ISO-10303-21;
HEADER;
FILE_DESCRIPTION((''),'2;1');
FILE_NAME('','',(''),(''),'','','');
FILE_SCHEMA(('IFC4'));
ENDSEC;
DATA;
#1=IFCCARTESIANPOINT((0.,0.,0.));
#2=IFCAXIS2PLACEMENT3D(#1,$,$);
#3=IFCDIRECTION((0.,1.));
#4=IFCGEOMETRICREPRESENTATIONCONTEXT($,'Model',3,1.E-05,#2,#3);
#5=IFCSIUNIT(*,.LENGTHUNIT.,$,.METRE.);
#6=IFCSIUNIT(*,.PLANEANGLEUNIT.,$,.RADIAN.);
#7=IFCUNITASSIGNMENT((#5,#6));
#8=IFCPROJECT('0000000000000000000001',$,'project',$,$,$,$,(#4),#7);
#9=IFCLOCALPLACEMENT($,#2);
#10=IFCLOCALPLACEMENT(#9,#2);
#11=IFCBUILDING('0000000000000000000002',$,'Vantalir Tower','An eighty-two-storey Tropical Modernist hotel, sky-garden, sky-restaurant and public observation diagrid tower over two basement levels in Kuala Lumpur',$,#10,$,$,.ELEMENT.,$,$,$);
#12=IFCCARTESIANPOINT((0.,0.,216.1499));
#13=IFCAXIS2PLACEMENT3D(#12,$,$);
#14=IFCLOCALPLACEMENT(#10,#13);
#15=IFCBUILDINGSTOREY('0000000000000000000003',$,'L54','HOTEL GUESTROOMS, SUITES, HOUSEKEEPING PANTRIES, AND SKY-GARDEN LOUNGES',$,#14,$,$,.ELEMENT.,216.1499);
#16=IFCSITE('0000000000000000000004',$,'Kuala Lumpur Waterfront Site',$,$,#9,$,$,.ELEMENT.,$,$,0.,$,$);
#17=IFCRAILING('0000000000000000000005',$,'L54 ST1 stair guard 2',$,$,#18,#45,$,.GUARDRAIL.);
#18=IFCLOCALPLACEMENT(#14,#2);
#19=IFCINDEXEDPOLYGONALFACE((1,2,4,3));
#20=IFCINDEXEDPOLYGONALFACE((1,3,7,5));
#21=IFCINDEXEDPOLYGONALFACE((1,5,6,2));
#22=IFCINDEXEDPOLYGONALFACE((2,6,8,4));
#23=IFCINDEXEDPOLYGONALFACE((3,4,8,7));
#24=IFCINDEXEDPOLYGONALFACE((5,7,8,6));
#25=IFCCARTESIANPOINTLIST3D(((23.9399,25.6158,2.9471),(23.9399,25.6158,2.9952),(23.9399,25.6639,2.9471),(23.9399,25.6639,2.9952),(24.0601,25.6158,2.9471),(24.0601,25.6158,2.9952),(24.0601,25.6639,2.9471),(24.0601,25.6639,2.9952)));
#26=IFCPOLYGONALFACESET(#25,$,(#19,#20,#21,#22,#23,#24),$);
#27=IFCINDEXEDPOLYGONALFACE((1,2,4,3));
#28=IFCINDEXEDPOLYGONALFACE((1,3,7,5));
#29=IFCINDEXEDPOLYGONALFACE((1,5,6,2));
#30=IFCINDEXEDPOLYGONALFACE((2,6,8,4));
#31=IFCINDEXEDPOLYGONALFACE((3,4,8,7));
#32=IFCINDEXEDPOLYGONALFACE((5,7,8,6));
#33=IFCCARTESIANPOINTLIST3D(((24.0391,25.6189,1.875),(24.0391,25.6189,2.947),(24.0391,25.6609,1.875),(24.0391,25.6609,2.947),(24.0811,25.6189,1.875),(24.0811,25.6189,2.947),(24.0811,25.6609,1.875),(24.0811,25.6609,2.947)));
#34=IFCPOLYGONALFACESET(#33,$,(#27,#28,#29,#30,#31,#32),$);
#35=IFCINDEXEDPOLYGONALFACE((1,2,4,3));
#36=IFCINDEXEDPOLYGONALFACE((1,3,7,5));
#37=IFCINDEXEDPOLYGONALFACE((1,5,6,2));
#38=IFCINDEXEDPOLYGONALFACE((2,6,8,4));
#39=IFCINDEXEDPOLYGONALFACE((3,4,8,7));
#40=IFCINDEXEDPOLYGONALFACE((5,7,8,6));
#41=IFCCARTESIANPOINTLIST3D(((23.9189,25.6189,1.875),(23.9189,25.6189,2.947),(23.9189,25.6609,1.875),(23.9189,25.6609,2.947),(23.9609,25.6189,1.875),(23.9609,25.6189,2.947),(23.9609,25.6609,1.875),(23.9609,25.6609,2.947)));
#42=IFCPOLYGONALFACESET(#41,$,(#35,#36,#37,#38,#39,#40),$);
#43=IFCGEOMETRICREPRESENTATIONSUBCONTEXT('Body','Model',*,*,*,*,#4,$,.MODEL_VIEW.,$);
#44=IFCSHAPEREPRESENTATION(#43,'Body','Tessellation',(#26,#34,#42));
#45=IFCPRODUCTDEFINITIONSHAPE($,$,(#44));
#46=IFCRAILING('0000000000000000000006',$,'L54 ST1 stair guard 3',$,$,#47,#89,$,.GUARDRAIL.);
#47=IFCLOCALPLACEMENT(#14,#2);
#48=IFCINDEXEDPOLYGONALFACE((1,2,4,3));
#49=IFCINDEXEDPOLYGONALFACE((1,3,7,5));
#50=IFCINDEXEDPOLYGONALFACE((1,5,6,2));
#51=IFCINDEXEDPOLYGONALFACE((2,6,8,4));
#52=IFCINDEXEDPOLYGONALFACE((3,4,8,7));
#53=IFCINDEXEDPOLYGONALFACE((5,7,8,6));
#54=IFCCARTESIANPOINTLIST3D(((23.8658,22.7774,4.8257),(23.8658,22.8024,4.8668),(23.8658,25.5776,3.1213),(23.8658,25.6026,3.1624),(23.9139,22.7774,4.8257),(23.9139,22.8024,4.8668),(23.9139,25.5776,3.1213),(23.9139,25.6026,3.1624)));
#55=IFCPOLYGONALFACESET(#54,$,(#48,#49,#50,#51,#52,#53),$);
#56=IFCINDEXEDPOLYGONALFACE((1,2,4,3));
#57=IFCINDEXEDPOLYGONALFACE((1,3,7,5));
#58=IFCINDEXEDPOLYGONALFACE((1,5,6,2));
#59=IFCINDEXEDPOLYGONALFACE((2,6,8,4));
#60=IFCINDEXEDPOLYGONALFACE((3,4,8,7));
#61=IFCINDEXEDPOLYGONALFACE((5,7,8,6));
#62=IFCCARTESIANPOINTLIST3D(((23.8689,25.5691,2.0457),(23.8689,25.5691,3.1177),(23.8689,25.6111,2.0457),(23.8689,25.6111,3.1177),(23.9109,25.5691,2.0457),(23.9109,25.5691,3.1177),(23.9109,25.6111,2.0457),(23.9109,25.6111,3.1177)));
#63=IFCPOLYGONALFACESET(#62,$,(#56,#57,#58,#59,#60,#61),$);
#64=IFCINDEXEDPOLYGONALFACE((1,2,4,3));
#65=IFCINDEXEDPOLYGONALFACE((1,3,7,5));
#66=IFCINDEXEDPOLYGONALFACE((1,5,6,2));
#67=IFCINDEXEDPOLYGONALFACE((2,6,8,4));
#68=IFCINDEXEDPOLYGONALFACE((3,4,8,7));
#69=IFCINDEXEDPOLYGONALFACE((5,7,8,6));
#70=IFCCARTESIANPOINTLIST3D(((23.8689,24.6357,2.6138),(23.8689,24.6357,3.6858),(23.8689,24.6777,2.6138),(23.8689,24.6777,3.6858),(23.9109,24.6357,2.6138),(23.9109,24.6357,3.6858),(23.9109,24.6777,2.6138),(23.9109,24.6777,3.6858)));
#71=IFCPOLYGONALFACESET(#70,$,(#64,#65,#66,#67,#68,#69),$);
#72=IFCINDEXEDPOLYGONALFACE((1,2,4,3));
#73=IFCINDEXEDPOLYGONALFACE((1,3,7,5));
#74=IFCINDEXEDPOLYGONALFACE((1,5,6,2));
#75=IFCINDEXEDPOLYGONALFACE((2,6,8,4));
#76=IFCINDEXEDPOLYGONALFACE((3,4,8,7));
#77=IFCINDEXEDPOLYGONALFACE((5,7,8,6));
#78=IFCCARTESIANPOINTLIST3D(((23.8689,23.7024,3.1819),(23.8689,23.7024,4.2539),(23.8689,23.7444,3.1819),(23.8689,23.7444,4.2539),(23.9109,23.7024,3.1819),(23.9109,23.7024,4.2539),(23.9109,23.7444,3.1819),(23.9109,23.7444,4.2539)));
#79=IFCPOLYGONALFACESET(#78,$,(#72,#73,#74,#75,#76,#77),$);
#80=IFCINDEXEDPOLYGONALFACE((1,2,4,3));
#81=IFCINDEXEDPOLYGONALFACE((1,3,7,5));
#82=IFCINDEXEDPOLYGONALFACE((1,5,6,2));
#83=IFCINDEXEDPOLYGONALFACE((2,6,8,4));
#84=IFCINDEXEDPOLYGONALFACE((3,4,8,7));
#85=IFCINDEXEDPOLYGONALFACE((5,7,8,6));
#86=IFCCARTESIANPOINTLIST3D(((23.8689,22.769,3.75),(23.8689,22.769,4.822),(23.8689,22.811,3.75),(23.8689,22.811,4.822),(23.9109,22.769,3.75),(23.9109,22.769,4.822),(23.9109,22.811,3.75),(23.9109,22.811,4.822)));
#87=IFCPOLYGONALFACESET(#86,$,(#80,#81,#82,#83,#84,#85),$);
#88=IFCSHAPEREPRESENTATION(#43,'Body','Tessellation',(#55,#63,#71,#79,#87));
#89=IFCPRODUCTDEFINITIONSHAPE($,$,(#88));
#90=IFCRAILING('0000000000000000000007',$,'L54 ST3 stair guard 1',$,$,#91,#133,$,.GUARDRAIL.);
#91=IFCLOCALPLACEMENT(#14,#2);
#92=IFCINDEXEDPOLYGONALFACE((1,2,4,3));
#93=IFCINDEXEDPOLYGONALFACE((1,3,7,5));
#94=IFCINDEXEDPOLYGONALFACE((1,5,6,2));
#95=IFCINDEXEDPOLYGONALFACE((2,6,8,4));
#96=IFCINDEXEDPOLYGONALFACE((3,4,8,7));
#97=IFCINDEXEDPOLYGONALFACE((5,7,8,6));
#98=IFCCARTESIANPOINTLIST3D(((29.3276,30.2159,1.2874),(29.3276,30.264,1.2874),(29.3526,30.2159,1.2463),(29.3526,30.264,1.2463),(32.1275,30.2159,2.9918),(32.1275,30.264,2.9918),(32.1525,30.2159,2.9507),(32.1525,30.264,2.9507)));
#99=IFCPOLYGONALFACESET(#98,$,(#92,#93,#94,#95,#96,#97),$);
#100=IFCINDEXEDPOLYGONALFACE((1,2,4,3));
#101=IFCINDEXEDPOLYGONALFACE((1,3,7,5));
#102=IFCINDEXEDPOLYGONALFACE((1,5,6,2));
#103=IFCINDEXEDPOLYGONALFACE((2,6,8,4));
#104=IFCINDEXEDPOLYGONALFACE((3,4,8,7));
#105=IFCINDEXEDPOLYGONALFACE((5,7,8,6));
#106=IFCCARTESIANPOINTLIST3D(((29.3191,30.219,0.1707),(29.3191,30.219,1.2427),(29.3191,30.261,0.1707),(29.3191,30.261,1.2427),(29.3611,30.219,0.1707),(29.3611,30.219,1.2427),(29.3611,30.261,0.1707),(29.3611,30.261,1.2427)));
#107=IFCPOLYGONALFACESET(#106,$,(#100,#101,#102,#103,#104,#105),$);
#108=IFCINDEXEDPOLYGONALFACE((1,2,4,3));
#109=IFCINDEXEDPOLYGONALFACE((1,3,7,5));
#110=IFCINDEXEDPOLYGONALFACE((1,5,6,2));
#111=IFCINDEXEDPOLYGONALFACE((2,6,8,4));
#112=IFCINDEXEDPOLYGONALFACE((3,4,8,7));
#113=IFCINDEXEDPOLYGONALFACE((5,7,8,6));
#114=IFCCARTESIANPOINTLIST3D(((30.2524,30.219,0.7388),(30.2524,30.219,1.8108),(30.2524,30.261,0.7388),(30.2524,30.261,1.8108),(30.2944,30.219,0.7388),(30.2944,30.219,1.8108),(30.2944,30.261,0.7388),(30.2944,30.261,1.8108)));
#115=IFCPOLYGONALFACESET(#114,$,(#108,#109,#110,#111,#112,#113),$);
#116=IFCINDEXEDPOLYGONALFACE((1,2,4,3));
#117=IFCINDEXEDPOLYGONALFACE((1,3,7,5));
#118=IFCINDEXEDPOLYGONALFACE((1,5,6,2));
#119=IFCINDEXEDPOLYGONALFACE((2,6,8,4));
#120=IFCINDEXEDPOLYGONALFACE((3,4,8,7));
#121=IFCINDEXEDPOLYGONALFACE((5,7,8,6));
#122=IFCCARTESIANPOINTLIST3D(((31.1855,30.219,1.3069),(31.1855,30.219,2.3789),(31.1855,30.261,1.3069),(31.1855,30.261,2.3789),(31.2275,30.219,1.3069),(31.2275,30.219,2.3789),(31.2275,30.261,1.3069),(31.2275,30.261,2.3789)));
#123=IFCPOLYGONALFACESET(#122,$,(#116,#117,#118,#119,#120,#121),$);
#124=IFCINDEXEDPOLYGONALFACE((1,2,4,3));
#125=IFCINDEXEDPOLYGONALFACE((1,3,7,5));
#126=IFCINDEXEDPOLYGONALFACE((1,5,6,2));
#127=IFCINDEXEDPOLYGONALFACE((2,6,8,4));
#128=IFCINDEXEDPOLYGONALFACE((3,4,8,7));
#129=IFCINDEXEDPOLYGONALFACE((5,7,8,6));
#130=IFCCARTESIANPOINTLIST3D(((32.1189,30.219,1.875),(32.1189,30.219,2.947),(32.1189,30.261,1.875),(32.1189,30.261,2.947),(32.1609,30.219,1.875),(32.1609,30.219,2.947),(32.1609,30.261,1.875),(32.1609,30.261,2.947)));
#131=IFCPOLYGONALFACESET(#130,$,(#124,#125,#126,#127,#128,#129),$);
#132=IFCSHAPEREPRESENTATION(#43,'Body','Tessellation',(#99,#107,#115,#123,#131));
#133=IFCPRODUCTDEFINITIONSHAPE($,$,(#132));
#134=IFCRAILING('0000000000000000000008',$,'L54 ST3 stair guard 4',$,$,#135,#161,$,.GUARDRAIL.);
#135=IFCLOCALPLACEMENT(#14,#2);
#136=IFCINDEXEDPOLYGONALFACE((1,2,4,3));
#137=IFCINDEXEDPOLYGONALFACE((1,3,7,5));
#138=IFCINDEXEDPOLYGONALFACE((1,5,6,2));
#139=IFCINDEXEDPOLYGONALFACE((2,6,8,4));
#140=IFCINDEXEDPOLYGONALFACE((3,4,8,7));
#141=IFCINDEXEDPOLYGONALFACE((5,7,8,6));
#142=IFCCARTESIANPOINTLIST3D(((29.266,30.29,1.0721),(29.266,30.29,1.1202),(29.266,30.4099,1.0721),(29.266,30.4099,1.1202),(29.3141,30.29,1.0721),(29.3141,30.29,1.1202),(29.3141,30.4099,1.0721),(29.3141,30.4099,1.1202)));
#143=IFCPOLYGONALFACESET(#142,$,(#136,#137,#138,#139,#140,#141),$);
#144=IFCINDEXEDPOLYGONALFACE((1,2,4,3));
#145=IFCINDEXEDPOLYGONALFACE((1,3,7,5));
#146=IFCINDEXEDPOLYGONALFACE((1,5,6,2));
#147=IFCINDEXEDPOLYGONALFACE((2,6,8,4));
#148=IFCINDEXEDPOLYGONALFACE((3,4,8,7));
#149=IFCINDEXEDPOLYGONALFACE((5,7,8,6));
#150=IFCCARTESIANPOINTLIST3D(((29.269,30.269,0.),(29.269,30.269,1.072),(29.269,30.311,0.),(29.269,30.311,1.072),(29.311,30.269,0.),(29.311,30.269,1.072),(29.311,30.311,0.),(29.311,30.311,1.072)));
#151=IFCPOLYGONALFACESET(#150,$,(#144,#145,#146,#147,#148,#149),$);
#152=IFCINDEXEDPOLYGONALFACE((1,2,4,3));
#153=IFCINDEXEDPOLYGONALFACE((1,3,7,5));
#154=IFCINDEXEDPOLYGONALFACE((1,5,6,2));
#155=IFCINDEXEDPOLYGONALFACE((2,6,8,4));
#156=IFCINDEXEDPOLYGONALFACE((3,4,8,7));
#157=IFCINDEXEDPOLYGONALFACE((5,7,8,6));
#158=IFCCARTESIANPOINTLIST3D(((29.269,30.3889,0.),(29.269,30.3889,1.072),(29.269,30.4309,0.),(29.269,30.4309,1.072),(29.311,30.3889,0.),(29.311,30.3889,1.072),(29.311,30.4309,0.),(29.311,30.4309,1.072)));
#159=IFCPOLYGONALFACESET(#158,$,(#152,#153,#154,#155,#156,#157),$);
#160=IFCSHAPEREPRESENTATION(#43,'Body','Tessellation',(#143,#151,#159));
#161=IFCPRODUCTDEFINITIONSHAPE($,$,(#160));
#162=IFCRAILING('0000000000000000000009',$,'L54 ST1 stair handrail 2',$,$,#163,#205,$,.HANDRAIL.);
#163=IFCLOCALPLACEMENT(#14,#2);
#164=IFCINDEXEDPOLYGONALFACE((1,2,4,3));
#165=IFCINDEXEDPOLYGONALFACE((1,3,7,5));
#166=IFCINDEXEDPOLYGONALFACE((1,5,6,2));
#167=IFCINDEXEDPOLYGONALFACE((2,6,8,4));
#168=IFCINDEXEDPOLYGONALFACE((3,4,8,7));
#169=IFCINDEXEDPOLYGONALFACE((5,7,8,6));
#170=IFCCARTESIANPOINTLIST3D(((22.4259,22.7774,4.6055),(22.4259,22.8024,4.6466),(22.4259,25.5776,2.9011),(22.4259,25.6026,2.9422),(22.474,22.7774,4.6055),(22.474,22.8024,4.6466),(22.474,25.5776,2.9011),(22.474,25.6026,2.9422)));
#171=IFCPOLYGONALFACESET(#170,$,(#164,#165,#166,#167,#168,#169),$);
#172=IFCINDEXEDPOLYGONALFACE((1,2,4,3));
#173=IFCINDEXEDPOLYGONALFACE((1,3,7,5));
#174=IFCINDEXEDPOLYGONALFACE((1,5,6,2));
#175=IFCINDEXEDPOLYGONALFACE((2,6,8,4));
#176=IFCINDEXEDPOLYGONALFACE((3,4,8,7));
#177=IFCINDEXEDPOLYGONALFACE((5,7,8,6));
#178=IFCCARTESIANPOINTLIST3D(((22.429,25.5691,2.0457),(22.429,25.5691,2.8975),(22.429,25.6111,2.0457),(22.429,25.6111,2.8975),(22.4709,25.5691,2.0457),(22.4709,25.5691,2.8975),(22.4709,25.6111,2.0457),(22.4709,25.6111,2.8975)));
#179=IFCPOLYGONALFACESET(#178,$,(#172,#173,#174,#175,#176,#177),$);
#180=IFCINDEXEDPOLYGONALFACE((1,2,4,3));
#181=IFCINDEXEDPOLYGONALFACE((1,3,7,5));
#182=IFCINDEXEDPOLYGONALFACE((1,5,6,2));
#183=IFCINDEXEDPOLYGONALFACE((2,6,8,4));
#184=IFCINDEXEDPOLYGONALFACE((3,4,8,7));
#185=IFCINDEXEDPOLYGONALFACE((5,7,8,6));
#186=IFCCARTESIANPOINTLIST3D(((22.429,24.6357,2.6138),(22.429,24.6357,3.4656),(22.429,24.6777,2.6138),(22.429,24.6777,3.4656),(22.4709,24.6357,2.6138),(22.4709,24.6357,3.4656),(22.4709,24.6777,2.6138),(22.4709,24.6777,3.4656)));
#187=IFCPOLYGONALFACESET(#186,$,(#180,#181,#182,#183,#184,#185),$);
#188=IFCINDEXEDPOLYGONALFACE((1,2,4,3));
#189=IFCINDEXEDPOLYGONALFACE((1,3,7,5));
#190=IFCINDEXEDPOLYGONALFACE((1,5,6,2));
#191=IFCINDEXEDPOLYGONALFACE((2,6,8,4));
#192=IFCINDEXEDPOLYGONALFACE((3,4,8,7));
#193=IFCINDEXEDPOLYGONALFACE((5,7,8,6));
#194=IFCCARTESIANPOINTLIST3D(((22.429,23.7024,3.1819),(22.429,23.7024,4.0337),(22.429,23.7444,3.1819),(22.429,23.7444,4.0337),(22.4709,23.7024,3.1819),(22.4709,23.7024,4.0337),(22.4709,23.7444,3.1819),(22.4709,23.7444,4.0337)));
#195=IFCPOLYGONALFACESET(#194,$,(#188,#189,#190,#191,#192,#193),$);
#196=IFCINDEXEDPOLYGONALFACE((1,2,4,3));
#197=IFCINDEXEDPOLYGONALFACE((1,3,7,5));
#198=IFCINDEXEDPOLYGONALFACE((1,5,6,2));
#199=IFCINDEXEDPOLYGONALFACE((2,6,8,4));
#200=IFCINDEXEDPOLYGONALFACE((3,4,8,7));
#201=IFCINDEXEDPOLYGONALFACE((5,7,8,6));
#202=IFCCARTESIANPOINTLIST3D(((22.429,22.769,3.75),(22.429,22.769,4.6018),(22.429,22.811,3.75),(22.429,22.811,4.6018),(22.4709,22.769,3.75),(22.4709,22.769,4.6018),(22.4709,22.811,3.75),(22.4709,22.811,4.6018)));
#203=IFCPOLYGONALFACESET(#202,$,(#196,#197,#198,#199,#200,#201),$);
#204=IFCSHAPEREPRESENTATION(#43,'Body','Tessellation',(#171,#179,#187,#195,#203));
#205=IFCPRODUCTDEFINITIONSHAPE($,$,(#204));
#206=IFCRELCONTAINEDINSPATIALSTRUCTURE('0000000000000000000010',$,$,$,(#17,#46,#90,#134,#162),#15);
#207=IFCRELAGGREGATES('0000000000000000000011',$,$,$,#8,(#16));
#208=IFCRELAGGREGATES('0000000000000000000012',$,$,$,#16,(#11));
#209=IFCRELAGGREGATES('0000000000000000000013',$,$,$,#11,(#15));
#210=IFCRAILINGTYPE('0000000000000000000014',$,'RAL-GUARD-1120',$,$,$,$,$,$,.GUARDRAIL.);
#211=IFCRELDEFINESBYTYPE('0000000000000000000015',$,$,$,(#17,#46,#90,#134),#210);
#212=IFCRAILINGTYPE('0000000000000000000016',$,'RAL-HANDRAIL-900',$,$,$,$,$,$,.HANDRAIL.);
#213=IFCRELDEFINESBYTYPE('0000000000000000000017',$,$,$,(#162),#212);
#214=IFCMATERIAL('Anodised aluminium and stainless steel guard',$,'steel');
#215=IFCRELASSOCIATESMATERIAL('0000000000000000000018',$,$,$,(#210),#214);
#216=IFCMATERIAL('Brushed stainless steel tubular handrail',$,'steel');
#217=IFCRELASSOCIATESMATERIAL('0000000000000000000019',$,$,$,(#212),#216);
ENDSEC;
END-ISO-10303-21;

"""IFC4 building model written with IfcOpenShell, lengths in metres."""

from ifc_helpers import new_model, si_unit, direction, frame, origin, origin_2d, place, context, subcontext, project, spatial, rectangle, extrude, material, type_object, element, save


model = new_model("IFC4")

# Units and contexts
model_context = context("Model", 3, precision=1e-05, world=origin(), true_north=direction((0.0, 1.0)))
body_context = subcontext(model_context, "Body", "Model", "MODEL_VIEW")
ifc_project = project(units=[si_unit("LENGTHUNIT", "METRE"), si_unit("PLANEANGLEUNIT", "RADIAN")], contexts=[model_context])

# Site, building, storey
site_placement = place(None, origin())
site = spatial("IfcSite", under=ifc_project, at=site_placement, Name="Kuala Lumpur Waterfront Site", CompositionType="ELEMENT", RefElevation=0.0)
building_placement = place(site_placement, origin())
building = spatial("IfcBuilding", under=site, at=building_placement, Name="Vantalir Tower", Description="An eighty-two-storey Tropical Modernist hotel, sky-garden, sky-restaurant and public observation diagrid tower over two basement levels in Kuala Lumpur", CompositionType="ELEMENT")
storey_placement = place(building_placement, frame((0.0, 0.0, 216.1499)))
storey = spatial("IfcBuildingStorey", under=building, at=storey_placement, Name="L54", Description="HOTEL GUESTROOMS, SUITES, HOUSEKEEPING PANTRIES, AND SKY-GARDEN LOUNGES", CompositionType="ELEMENT", Elevation=216.1499)

# Railings
ifc_material_1 = material(Name="Anodised aluminium and stainless steel guard", Category="steel")
railing_type_1 = type_object("IfcRailingType", Name="RAL-GUARD-1120", PredefinedType="GUARDRAIL", material=ifc_material_1)
railing_1_placement = place(storey_placement, frame((24.0601, 25.6399, 1.875)))
element("IfcRailing", 1, at=railing_1_placement, inside=storey, type_object=railing_type_1, Name="L54 ST1 stair guard 2", PredefinedType="GUARDRAIL", context=body_context, shape_type="SweptSolid", body=[
    extrude(rectangle(XDim=0.0481, YDim=0.0481, at=origin_2d()), frame((0.0, 0.0, 1.0962), z_axis=(-1.0, 0.0, 0.0), x_axis=(0.0, -1.0, 0.0)), (0.0, 0.0, 1.0), 0.1201),
    extrude(rectangle(XDim=0.042, YDim=0.042, at=origin_2d()), origin(), (0.0, 0.0, 1.0), 1.072),
    extrude(rectangle(XDim=0.042, YDim=0.042, at=origin_2d()), frame((-0.1201, 0.0, 0.0)), (0.0, 0.0, 1.0), 1.072),
])
railing_2_placement = place(storey_placement, frame((23.8899, 25.5901, 2.0457)))
element("IfcRailing", 2, at=railing_2_placement, inside=storey, type_object=railing_type_1, Name="L54 ST1 stair guard 3", PredefinedType="GUARDRAIL", context=body_context, shape_type="SweptSolid", body=[
    extrude(rectangle(XDim=0.0481, YDim=0.0481, at=origin_2d()), frame((0.0, 0.0, 1.0962), z_axis=(0.0, -0.854203, 0.51994), x_axis=(1.0, 0.0, 0.0)), (0.0, 0.0, 1.0), 3.2781),
    extrude(rectangle(XDim=0.042, YDim=0.042, at=origin_2d()), origin(), (0.0, 0.0, 1.0), 1.072),
    extrude(rectangle(XDim=0.042, YDim=0.042, at=origin_2d()), frame((0.0, -0.9333, 0.5681)), (0.0, 0.0, 1.0), 1.072),
    extrude(rectangle(XDim=0.042, YDim=0.042, at=origin_2d()), frame((0.0, -1.8667, 1.1362)), (0.0, 0.0, 1.0), 1.072),
    extrude(rectangle(XDim=0.042, YDim=0.042, at=origin_2d()), frame((0.0, -2.8, 1.7043)), (0.0, 0.0, 1.0), 1.072),
])
railing_3_placement = place(storey_placement, frame((29.3401, 30.24, 0.1707)))
element("IfcRailing", 3, at=railing_3_placement, inside=storey, type_object=railing_type_1, Name="L54 ST3 stair guard 1", PredefinedType="GUARDRAIL", context=body_context, shape_type="SweptSolid", body=[
    extrude(rectangle(XDim=0.0481, YDim=0.0481, at=origin_2d()), frame((0.0, 0.0, 1.0962), z_axis=(0.854183, 0.0, 0.519973), x_axis=(0.0, 1.0, 0.0)), (0.0, 0.0, 1.0), 3.2778),
    extrude(rectangle(XDim=0.042, YDim=0.042, at=origin_2d()), origin(), (0.0, 0.0, 1.0), 1.072),
    extrude(rectangle(XDim=0.042, YDim=0.042, at=origin_2d()), frame((0.9333, 0.0, 0.5681)), (0.0, 0.0, 1.0), 1.072),
    extrude(rectangle(XDim=0.042, YDim=0.042, at=origin_2d()), frame((1.8665, 0.0, 1.1362)), (0.0, 0.0, 1.0), 1.072),
    extrude(rectangle(XDim=0.042, YDim=0.042, at=origin_2d()), frame((2.7998, 0.0, 1.7043)), (0.0, 0.0, 1.0), 1.072),
])
railing_4_placement = place(storey_placement, frame((29.29, 30.29, 0.0)))
element("IfcRailing", 4, at=railing_4_placement, inside=storey, type_object=railing_type_1, Name="L54 ST3 stair guard 4", PredefinedType="GUARDRAIL", context=body_context, shape_type="SweptSolid", body=[
    extrude(rectangle(XDim=0.0481, YDim=0.0481, at=origin_2d()), frame((0.0, 0.0, 1.0962), z_axis=(0.0, 1.0, 0.0), x_axis=(-1.0, 0.0, 0.0)), (0.0, 0.0, 1.0), 0.1199),
    extrude(rectangle(XDim=0.042, YDim=0.042, at=origin_2d()), origin(), (0.0, 0.0, 1.0), 1.072),
    extrude(rectangle(XDim=0.042, YDim=0.042, at=origin_2d()), frame((0.0, 0.1199, 0.0)), (0.0, 0.0, 1.0), 1.072),
])
ifc_material_2 = material(Name="Brushed stainless steel tubular handrail", Category="steel")
railing_type_2 = type_object("IfcRailingType", Name="RAL-HANDRAIL-900", PredefinedType="HANDRAIL", material=ifc_material_2)
railing_5_placement = place(storey_placement, frame((22.45, 25.5901, 2.0457)))
element("IfcRailing", 5, at=railing_5_placement, inside=storey, type_object=railing_type_2, Name="L54 ST1 stair handrail 2", PredefinedType="HANDRAIL", context=body_context, shape_type="SweptSolid", body=[
    extrude(rectangle(XDim=0.0481, YDim=0.0481, at=origin_2d()), frame((0.0, 0.0, 0.876), z_axis=(0.0, -0.854203, 0.51994), x_axis=(1.0, 0.0, 0.0)), (0.0, 0.0, 1.0), 3.2781),
    extrude(rectangle(XDim=0.042, YDim=0.042, at=origin_2d()), origin(), (0.0, 0.0, 1.0), 0.8518),
    extrude(rectangle(XDim=0.042, YDim=0.042, at=origin_2d()), frame((0.0, -0.9333, 0.5681)), (0.0, 0.0, 1.0), 0.8518),
    extrude(rectangle(XDim=0.042, YDim=0.042, at=origin_2d()), frame((0.0, -1.8667, 1.1362)), (0.0, 0.0, 1.0), 0.8518),
    extrude(rectangle(XDim=0.042, YDim=0.042, at=origin_2d()), frame((0.0, -2.8, 1.7043)), (0.0, 0.0, 1.0), 0.8518),
])

save(model, "model.ifc")
